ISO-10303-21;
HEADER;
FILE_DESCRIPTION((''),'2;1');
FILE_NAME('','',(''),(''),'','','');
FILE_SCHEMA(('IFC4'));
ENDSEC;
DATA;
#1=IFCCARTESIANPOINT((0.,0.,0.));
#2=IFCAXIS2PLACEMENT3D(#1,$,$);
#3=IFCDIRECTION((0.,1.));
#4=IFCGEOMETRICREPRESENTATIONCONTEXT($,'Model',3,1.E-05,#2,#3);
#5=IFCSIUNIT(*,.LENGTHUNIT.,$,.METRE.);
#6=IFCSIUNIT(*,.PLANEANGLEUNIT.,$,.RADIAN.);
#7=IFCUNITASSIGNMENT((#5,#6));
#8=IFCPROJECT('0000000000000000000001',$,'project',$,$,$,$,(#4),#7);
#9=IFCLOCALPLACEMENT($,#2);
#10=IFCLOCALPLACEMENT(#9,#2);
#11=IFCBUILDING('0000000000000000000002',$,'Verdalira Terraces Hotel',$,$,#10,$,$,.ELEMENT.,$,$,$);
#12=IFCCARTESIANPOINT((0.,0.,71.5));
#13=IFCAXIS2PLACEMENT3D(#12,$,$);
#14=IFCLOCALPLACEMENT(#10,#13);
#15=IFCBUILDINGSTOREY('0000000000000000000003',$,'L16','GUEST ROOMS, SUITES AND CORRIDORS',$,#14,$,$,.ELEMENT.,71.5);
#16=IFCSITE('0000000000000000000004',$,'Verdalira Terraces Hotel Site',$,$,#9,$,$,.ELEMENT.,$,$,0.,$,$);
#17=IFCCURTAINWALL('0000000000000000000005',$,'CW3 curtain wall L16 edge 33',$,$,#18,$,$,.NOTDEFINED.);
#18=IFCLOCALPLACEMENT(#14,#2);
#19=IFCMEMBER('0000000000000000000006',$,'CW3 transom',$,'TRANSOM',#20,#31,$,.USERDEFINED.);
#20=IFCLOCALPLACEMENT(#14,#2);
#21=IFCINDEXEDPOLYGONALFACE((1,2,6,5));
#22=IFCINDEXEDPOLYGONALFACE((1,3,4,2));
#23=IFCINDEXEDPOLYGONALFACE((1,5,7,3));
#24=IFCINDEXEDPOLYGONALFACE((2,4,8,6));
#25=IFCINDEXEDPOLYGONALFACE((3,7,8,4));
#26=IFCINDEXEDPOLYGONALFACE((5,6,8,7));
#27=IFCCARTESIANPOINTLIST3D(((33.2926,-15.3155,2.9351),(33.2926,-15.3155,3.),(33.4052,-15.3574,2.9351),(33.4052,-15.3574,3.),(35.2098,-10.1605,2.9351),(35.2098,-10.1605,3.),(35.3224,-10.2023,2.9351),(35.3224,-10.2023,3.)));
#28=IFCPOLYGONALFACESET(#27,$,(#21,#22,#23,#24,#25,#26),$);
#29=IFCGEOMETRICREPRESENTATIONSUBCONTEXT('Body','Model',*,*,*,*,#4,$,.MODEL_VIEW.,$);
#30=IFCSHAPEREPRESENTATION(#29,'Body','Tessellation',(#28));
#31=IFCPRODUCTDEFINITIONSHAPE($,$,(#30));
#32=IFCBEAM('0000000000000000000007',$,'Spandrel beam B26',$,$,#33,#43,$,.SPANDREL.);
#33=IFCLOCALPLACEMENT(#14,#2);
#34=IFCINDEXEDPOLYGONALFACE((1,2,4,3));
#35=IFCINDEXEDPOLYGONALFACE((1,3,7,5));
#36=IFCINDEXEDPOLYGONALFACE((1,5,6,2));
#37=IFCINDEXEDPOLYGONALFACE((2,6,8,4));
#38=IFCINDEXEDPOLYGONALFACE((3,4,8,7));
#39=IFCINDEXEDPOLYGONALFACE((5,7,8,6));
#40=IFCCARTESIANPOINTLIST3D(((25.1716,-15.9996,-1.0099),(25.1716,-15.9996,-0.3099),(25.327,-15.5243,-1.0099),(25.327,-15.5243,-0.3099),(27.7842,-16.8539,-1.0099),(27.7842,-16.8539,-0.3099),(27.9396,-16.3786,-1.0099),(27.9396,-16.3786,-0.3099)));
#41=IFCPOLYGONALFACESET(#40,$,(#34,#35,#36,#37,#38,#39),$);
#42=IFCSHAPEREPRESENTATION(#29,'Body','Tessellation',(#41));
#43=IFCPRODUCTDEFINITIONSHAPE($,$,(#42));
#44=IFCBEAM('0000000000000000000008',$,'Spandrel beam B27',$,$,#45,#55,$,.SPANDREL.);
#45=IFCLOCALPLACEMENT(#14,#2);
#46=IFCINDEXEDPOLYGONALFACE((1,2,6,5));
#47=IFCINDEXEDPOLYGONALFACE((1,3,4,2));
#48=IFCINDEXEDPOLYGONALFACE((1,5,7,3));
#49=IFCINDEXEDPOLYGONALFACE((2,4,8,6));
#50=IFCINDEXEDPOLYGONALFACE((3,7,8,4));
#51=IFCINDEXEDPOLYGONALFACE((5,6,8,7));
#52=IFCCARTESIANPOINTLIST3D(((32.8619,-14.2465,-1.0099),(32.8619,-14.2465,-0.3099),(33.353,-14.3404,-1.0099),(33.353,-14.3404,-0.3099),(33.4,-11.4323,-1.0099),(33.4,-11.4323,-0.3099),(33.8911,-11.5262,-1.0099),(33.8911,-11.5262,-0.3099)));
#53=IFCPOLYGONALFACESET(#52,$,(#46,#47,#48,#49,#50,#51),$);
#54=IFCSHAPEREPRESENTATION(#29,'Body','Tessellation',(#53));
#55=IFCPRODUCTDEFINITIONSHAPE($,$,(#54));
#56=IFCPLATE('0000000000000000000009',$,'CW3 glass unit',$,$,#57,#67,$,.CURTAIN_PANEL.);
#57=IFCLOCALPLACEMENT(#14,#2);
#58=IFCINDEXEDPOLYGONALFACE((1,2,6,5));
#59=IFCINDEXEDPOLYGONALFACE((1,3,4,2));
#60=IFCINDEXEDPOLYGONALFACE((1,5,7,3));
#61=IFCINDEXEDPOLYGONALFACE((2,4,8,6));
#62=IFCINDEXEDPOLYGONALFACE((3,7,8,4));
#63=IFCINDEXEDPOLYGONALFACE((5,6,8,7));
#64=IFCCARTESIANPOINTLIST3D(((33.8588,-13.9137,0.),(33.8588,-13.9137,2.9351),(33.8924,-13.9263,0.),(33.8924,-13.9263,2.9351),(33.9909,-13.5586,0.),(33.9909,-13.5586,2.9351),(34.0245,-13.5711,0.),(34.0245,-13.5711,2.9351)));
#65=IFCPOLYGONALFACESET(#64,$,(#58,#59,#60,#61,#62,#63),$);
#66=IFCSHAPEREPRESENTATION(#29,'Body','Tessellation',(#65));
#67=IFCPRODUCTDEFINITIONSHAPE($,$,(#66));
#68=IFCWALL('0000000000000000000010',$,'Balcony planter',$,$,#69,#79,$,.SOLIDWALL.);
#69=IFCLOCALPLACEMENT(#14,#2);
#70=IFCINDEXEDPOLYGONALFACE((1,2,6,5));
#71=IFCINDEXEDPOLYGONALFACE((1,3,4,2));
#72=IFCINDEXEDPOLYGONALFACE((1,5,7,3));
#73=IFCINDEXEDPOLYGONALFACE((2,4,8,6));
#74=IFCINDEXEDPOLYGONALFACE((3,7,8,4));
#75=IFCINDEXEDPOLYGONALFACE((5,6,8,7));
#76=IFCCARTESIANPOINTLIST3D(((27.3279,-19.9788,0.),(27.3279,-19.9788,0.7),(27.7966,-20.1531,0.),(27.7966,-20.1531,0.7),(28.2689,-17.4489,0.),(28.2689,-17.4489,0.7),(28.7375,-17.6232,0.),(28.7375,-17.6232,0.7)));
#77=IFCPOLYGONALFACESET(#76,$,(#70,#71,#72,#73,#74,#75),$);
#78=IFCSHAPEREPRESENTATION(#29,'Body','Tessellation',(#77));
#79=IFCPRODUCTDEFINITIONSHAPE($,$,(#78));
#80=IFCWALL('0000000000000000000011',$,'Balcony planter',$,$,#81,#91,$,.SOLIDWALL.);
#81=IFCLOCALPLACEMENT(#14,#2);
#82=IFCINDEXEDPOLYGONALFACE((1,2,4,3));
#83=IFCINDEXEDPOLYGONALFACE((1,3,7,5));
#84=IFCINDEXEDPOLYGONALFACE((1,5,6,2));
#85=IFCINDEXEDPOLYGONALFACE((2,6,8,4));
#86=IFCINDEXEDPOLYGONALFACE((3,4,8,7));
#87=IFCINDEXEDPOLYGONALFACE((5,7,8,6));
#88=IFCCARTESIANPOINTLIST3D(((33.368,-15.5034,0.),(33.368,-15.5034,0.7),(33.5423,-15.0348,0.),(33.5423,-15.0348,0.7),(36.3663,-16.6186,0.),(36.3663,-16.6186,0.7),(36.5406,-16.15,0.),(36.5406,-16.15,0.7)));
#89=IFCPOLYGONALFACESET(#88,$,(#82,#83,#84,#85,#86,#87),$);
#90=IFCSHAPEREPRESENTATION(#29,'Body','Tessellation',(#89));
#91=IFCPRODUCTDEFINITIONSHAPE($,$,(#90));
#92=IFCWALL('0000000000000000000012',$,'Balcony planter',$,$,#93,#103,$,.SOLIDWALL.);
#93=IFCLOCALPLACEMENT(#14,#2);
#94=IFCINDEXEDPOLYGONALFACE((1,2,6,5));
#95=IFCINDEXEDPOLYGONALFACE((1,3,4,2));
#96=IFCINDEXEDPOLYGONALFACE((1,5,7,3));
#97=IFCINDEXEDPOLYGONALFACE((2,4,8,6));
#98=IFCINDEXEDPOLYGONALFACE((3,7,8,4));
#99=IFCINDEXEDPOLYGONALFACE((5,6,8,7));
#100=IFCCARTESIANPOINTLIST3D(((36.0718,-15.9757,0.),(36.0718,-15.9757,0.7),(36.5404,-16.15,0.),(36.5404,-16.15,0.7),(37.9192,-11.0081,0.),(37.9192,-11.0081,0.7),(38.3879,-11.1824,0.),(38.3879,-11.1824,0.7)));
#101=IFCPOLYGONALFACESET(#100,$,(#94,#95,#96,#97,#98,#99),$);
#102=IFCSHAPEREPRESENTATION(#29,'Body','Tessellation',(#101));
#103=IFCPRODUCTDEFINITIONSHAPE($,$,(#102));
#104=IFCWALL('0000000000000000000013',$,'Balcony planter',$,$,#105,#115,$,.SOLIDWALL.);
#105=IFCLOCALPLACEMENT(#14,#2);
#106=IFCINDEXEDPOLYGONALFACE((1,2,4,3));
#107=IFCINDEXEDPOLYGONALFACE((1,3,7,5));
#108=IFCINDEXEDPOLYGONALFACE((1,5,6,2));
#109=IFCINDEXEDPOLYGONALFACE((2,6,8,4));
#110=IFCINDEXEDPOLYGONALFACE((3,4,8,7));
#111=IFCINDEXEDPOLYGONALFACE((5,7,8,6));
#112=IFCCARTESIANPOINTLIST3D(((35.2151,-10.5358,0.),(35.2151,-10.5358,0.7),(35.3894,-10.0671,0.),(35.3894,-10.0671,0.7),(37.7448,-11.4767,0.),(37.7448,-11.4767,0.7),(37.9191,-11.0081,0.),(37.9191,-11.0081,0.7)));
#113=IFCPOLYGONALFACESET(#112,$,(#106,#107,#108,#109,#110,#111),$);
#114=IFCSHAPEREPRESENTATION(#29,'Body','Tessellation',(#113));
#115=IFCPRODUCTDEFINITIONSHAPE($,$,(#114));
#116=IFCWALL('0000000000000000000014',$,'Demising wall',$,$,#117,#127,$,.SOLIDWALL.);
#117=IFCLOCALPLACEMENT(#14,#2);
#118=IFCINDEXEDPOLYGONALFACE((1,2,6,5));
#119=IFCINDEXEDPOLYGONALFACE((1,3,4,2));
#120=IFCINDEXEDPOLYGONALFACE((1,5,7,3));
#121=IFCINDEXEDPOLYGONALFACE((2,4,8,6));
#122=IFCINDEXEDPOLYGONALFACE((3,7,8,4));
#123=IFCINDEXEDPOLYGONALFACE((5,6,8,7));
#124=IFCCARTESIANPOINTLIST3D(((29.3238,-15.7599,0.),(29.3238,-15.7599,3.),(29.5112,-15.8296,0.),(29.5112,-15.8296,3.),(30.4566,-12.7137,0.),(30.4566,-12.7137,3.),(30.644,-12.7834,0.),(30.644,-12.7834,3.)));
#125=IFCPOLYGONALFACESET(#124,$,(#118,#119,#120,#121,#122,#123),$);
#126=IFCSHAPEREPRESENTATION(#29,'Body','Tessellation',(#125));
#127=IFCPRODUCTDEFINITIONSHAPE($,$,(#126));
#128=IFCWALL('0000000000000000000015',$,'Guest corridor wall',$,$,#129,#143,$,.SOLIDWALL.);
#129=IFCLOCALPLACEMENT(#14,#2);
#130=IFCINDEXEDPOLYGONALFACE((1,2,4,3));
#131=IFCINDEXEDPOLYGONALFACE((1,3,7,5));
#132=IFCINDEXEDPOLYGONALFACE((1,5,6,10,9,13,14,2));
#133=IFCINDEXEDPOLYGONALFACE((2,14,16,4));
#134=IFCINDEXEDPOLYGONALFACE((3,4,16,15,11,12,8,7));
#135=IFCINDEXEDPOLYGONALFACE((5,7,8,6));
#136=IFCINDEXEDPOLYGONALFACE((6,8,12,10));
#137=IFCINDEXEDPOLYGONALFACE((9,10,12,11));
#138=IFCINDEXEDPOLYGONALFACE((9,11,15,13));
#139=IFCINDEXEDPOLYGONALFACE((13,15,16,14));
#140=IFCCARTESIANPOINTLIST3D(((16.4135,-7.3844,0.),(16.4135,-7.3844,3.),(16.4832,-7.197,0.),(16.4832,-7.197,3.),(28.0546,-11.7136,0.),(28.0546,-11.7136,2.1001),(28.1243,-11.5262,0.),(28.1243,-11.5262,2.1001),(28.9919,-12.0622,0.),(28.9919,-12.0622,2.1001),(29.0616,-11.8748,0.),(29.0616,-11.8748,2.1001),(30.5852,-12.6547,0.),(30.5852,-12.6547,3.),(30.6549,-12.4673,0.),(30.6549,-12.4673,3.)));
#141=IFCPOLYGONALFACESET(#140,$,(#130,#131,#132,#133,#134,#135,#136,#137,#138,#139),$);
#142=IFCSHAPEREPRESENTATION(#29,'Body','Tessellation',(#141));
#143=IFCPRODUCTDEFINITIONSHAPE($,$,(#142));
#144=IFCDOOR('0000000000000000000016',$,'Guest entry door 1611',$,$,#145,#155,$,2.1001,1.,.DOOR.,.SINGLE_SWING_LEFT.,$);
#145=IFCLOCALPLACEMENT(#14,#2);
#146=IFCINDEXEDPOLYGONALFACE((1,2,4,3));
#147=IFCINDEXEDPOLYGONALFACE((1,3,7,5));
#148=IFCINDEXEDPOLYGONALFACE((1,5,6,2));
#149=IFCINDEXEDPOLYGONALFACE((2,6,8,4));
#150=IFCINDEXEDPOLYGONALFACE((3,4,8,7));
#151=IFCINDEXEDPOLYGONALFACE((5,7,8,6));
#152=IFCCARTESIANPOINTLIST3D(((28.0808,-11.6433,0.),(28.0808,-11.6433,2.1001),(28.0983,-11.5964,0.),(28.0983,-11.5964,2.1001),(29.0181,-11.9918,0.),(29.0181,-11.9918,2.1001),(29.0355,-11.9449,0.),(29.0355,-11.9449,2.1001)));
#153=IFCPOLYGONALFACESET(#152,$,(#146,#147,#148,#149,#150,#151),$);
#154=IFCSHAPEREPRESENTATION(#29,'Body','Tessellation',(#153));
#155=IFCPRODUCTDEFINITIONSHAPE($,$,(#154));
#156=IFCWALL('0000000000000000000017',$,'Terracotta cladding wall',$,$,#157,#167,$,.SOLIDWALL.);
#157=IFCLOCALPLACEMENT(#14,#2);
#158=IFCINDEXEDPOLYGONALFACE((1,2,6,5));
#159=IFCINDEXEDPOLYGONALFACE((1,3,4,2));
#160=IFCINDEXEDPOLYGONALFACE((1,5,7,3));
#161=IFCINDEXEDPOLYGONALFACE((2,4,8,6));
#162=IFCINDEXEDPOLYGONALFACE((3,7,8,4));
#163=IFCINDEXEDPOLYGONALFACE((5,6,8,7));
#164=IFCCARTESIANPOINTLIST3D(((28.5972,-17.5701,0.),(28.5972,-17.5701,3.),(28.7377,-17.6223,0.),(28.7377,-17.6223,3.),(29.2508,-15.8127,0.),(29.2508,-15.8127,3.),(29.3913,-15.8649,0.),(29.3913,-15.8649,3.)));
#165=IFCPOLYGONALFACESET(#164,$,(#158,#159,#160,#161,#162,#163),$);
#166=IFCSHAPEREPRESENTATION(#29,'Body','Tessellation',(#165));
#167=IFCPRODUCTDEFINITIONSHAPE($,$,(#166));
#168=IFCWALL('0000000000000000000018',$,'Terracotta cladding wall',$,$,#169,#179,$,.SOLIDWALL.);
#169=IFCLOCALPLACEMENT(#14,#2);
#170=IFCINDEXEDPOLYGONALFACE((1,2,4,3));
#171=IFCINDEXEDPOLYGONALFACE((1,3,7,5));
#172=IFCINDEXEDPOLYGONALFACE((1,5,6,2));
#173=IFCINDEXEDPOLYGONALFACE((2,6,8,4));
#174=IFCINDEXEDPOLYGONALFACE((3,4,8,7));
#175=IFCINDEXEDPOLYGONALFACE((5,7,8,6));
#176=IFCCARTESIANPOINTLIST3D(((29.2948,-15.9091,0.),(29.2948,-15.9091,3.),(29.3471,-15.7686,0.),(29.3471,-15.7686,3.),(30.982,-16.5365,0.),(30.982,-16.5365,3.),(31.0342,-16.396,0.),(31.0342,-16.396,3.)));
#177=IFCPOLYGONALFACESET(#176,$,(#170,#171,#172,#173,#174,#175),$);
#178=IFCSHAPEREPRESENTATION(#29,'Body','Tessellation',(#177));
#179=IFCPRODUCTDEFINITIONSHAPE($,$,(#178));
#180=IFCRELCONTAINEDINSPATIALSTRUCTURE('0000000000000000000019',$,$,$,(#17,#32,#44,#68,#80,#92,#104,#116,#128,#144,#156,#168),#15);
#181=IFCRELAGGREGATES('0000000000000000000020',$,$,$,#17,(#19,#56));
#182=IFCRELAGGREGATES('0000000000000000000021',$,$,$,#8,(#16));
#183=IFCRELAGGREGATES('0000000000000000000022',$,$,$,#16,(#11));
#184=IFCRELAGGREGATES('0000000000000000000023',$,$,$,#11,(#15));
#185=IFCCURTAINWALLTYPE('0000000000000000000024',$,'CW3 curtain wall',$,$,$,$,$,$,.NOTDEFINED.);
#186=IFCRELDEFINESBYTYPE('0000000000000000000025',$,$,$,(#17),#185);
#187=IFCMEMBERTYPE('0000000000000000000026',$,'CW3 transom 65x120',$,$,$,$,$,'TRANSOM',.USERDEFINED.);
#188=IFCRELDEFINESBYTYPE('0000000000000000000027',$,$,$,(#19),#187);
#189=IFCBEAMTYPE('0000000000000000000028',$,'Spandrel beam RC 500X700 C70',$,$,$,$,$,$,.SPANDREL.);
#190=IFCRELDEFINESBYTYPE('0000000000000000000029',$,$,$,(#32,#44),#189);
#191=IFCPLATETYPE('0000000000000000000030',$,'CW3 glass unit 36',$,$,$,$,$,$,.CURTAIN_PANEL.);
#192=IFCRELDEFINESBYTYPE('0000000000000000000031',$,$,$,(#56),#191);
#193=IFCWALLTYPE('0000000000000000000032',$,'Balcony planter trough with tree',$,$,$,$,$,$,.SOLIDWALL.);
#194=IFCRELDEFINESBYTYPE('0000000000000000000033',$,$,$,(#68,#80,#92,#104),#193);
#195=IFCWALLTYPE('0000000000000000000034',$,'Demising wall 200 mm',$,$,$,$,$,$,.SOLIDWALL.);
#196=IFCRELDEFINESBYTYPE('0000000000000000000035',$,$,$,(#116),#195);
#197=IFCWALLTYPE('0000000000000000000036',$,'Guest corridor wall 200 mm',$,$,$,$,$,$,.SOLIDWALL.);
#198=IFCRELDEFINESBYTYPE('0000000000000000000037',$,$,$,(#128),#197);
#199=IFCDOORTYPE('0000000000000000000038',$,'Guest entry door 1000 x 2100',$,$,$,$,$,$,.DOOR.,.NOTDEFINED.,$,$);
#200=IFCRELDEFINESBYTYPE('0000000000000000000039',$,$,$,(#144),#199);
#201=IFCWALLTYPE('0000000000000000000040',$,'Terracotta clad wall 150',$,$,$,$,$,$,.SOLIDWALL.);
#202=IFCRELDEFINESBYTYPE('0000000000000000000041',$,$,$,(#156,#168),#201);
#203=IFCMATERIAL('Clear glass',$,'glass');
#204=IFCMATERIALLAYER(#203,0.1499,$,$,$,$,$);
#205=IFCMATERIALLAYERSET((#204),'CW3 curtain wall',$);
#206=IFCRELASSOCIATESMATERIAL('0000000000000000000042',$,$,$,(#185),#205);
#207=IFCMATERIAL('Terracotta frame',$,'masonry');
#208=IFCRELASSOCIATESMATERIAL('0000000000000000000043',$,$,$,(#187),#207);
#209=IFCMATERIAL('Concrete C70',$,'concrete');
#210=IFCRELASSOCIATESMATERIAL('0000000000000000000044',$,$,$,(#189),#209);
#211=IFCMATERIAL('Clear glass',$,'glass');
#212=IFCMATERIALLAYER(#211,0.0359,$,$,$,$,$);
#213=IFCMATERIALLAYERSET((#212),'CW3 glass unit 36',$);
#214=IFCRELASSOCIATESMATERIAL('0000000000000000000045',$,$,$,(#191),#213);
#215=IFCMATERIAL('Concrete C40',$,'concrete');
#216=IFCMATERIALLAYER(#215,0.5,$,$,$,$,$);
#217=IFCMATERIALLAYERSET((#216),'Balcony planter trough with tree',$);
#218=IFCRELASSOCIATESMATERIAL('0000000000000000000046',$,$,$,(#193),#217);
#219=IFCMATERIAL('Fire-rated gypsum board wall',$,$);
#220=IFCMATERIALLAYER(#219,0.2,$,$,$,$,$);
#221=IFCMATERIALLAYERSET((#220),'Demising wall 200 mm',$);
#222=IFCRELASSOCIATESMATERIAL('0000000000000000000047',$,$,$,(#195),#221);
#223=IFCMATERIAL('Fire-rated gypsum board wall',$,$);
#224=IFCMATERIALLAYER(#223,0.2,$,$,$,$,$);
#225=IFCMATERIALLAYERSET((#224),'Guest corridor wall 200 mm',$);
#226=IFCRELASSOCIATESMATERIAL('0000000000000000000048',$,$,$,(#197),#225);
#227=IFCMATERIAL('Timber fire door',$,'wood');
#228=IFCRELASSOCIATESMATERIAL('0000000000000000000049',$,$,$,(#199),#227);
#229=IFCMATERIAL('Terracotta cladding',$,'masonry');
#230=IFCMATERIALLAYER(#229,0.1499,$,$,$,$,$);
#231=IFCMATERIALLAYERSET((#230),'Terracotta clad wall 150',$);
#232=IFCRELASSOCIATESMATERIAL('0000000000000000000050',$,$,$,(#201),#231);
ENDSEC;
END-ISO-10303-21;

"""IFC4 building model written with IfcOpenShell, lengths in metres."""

from ifc_helpers import new_model, si_unit, direction, frame, frame_2d, origin, origin_2d, place, context, subcontext, project, spatial, rectangle, extrude, material, layer, layer_set, material_profile, profile_set, type_object, element, fill, aggregate, save


model = new_model("IFC4")

# Units and contexts
model_context = context("Model", 3, precision=1e-05, world=origin(), true_north=direction((0.0, 1.0)))
body_context = subcontext(model_context, "Body", "Model", "MODEL_VIEW")
ifc_project = project(units=[si_unit("LENGTHUNIT", "METRE"), si_unit("PLANEANGLEUNIT", "RADIAN")], contexts=[model_context])

# Site, building, storey
site_placement = place(None, origin())
site = spatial("IfcSite", under=ifc_project, at=site_placement, Name="Verdalira Terraces Hotel Site", CompositionType="ELEMENT", RefElevation=0.0)
building_placement = place(site_placement, origin())
building = spatial("IfcBuilding", under=site, at=building_placement, Name="Verdalira Terraces Hotel", CompositionType="ELEMENT")
storey_placement = place(building_placement, frame((0.0, 0.0, 71.5)))
storey = spatial("IfcBuildingStorey", under=building, at=storey_placement, Name="L16", Description="GUEST ROOMS, SUITES AND CORRIDORS", CompositionType="ELEMENT", Elevation=71.5)

# Curtain wall, member
ifc_material_1 = material(Name="Clear glass", Category="glass")
ifc_layer_1 = layer(ifc_material_1, 0.1499)
ifc_layer_set_1 = layer_set([ifc_layer_1], Name="CW3 curtain wall")
curtain_wall_type_1 = type_object("IfcCurtainWallType", Name="CW3 curtain wall", PredefinedType="NOTDEFINED", material=ifc_layer_set_1)
curtain_wall_1_placement = place(storey_placement, origin())
curtain_wall_1 = element("IfcCurtainWall", 1, at=curtain_wall_1_placement, inside=storey, type_object=curtain_wall_type_1, Name="CW3 curtain wall L16 edge 33", PredefinedType="NOTDEFINED")
ifc_material_2 = material(Name="Terracotta frame", Category="masonry")
ifc_material_profile_1 = material_profile(ifc_material_2, rectangle(XDim=0.1201, YDim=0.0649, at=origin_2d()), Name="TR 65x120")
ifc_profile_set_1 = profile_set([ifc_material_profile_1], Name="Terracotta frame")
member_type_1 = type_object("IfcMemberType", Name="CW3 transom 65x120", ElementType="TRANSOM", PredefinedType="USERDEFINED", material=ifc_profile_set_1)
member_1_placement = place(storey_placement, frame((33.3489, -15.3364, 2.9675), z_axis=(0.348588, 0.937276, 0.0), x_axis=(-0.937276, 0.348588, 0.0)))
member_1 = element("IfcMember", 2, at=member_1_placement, type_object=member_type_1, Name="CW3 transom", ObjectType="TRANSOM", PredefinedType="USERDEFINED", context=body_context, shape_type="SweptSolid", body=[
    extrude(rectangle(XDim=0.1201, YDim=0.0649, at=origin_2d()), origin(), (0.0, 0.0, 1.0), 5.5),
])

# Beams
ifc_material_3 = material(Name="Concrete C70", Category="concrete")
ifc_material_profile_2 = material_profile(ifc_material_3, rectangle(XDim=0.5, YDim=0.7, at=origin_2d()), Name="RC 500X700")
ifc_profile_set_2 = profile_set([ifc_material_profile_2], Name="Concrete C70")
beam_type_1 = type_object("IfcBeamType", Name="Spandrel beam RC 500X700 C70", PredefinedType="SPANDREL", material=ifc_profile_set_2)
beam_1_placement = place(storey_placement, frame((25.2493, -15.762, -0.6599), z_axis=(0.95048, -0.310787, 0.0), x_axis=(0.310787, 0.95048, 0.0)))
element("IfcBeam", 3, at=beam_1_placement, inside=storey, type_object=beam_type_1, Name="Spandrel beam B26", PredefinedType="SPANDREL", context=body_context, shape_type="SweptSolid", body=[
    extrude(rectangle(XDim=0.5, YDim=0.7, at=origin_2d()), origin(), (0.0, 0.0, 1.0), 2.7488),
])
beam_2_placement = place(storey_placement, frame((33.1074, -14.2935, -0.6599), z_axis=(0.187801, 0.982207, 0.0), x_axis=(-0.982207, 0.187801, 0.0)))
element("IfcBeam", 4, at=beam_2_placement, inside=storey, type_object=beam_type_1, Name="Spandrel beam B27", PredefinedType="SPANDREL", context=body_context, shape_type="SweptSolid", body=[
    extrude(rectangle(XDim=0.5, YDim=0.7, at=origin_2d()), origin(), (0.0, 0.0, 1.0), 2.8652),
])

# Plate
ifc_material_4 = material(Name="Clear glass", Category="glass")
ifc_layer_2 = layer(ifc_material_4, 0.0359)
ifc_layer_set_2 = layer_set([ifc_layer_2], Name="CW3 glass unit 36")
plate_type = type_object("IfcPlateType", Name="CW3 glass unit 36", PredefinedType="CURTAIN_PANEL", material=ifc_layer_set_2)
plate_placement = place(storey_placement, frame((33.9417, -13.7424, 0.0), z_axis=(0.0, 0.0, 1.0), x_axis=(0.348572, 0.937282, 0.0)))
plate = element("IfcPlate", 5, at=plate_placement, type_object=plate_type, Name="CW3 glass unit", PredefinedType="CURTAIN_PANEL", context=body_context, shape_type="SweptSolid", body=[
    extrude(rectangle(XDim=0.3789, YDim=0.0359, at=origin_2d()), origin(), (0.0, 0.0, 1.0), 2.9351),
])
aggregate(curtain_wall_1, [member_1, plate])

# Walls
ifc_material_5 = material(Name="Concrete C40", Category="concrete")
ifc_layer_3 = layer(ifc_material_5, 0.5)
ifc_layer_set_3 = layer_set([ifc_layer_3], Name="Balcony planter trough with tree")
wall_type_1 = type_object("IfcWallType", Name="Balcony planter trough with tree", PredefinedType="SOLIDWALL", material=ifc_layer_set_3)
wall_1_placement = place(storey_placement, frame((27.5623, -20.0659, 0.0), z_axis=(0.0, 0.0, 1.0), x_axis=(0.348604, 0.93727, 0.0)))
element("IfcWall", 6, at=wall_1_placement, inside=storey, type_object=wall_type_1, Name="Balcony planter", PredefinedType="SOLIDWALL", context=body_context, shape_type="SweptSolid", body=[
    extrude(rectangle(XDim=2.6992, YDim=0.5, at=frame_2d((1.3496, 0.0))), origin(), (0.0, 0.0, 1.0), 0.7),
])
wall_2_placement = place(storey_placement, frame((33.4551, -15.269, 0.0), z_axis=(0.0, 0.0, 1.0), x_axis=(0.937264, -0.348621, 0.0)))
element("IfcWall", 7, at=wall_2_placement, inside=storey, type_object=wall_type_1, Name="Balcony planter", PredefinedType="SOLIDWALL", context=body_context, shape_type="SweptSolid", body=[
    extrude(rectangle(XDim=3.199, YDim=0.5, at=frame_2d((1.5996, 0.0))), origin(), (0.0, 0.0, 1.0), 0.7),
])
wall_3_placement = place(storey_placement, frame((36.3062, -16.0627, 0.0), z_axis=(0.0, 0.0, 1.0), x_axis=(0.348573, 0.937282, 0.0)))
element("IfcWall", 8, at=wall_3_placement, inside=storey, type_object=wall_type_1, Name="Balcony planter", PredefinedType="SOLIDWALL", context=body_context, shape_type="SweptSolid", body=[
    extrude(rectangle(XDim=5.3, YDim=0.5, at=frame_2d((2.6499, 0.0))), origin(), (0.0, 0.0, 1.0), 0.7),
])
wall_4_placement = place(storey_placement, frame((37.832, -11.2424, 0.0), z_axis=(0.0, 0.0, 1.0), x_axis=(-0.937259, 0.348634, 0.0)))
element("IfcWall", 9, at=wall_4_placement, inside=storey, type_object=wall_type_1, Name="Balcony planter", PredefinedType="SOLIDWALL", context=body_context, shape_type="SweptSolid", body=[
    extrude(rectangle(XDim=2.699, YDim=0.5, at=frame_2d((1.3496, 0.0))), origin(), (0.0, 0.0, 1.0), 0.7),
])
ifc_material_6 = material(Name="Fire-rated gypsum board wall")
ifc_layer_4 = layer(ifc_material_6, 0.2)
ifc_layer_set_4 = layer_set([ifc_layer_4], Name="Demising wall 200 mm")
wall_type_2 = type_object("IfcWallType", Name="Demising wall 200 mm", PredefinedType="SOLIDWALL", material=ifc_layer_set_4)
wall_5_placement = place(storey_placement, frame((30.5503, -12.7485, 0.0), z_axis=(0.0, 0.0, 1.0), x_axis=(-0.348562, -0.937286, 0.0)))
element("IfcWall", 10, at=wall_5_placement, inside=storey, type_object=wall_type_2, Name="Demising wall", PredefinedType="SOLIDWALL", context=body_context, shape_type="SweptSolid", body=[
    extrude(rectangle(XDim=3.25, YDim=0.2, at=frame_2d((1.625, 0.0))), origin(), (0.0, 0.0, 1.0), 3.0),
])

# Wall, opening, door
ifc_material_7 = material(Name="Fire-rated gypsum board wall")
ifc_layer_5 = layer(ifc_material_7, 0.2)
ifc_layer_set_5 = layer_set([ifc_layer_5], Name="Guest corridor wall 200 mm")
wall_type_3 = type_object("IfcWallType", Name="Guest corridor wall 200 mm", PredefinedType="SOLIDWALL", material=ifc_layer_set_5)
wall_6_placement = place(storey_placement, frame((30.6201, -12.561, 0.0), z_axis=(0.0, 0.0, 1.0), x_axis=(-0.937285, 0.348565, 0.0)))
wall_6 = element("IfcWall", 11, at=wall_6_placement, inside=storey, type_object=wall_type_3, Name="Guest corridor wall", PredefinedType="SOLIDWALL", context=body_context, shape_type="SweptSolid", body=[
    extrude(rectangle(XDim=15.1199, YDim=0.2, at=frame_2d((7.5601, 0.0))), origin(), (0.0, 0.0, 1.0), 3.0),
])
opening_1_placement = place(wall_6_placement, frame((1.7, 0.0, 0.0)))
opening_1 = element("IfcOpeningElement", 12, at=opening_1_placement, cuts=wall_6, PredefinedType="OPENING", context=body_context, shape_type="SweptSolid", body=[
    extrude(rectangle(XDim=1.0, YDim=2.1001, at=frame_2d((0.5, 1.05))), frame((0.0, 0.1099, 0.0), z_axis=(0.0, -1.0, 0.0), x_axis=(1.0, 0.0, 0.0)), (0.0, 0.0, 1.0), 0.22),
])
ifc_material_8 = material(Name="Timber fire door", Category="wood")
door_type_1 = type_object("IfcDoorType", Name="Guest entry door 1000 x 2100", OperationType="NOTDEFINED", PredefinedType="DOOR", material=ifc_material_8)
door_1_placement = place(opening_1_placement, origin())
door_1 = element("IfcDoor", 13, at=door_1_placement, inside=storey, type_object=door_type_1, Name="Guest entry door 1611", OperationType="SINGLE_SWING_LEFT", OverallHeight=2.1001, OverallWidth=1.0, PredefinedType="DOOR", context=body_context, shape_type="SweptSolid", body=[
    extrude(rectangle(XDim=1.0, YDim=2.1001, at=frame_2d((0.5, 1.05))), frame((0.0, 0.0249, 0.0), z_axis=(0.0, -1.0, 0.0), x_axis=(1.0, 0.0, 0.0)), (0.0, 0.0, 1.0), 0.05),
])
fill(opening_1, door_1)

# Walls
ifc_material_9 = material(Name="Terracotta cladding", Category="masonry")
ifc_layer_6 = layer(ifc_material_9, 0.1499)
ifc_layer_set_6 = layer_set([ifc_layer_6], Name="Terracotta clad wall 150")
wall_type_4 = type_object("IfcWallType", Name="Terracotta clad wall 150", PredefinedType="SOLIDWALL", material=ifc_layer_set_6)
wall_7_placement = place(storey_placement, frame((28.6675, -17.5962, 0.0), z_axis=(0.0, 0.0, 1.0), x_axis=(0.348582, 0.937278, 0.0)))
element("IfcWall", 14, at=wall_7_placement, inside=storey, type_object=wall_type_4, Name="Terracotta cladding wall", PredefinedType="SOLIDWALL", context=body_context, shape_type="SweptSolid", body=[
    extrude(rectangle(XDim=1.875, YDim=0.1499, at=frame_2d((0.9375, 0.0))), origin(), (0.0, 0.0, 1.0), 3.0),
])
wall_8_placement = place(storey_placement, frame((29.321, -15.8389, 0.0), z_axis=(0.0, 0.0, 1.0), x_axis=(0.93729, -0.348551, 0.0)))
element("IfcWall", 15, at=wall_8_placement, inside=storey, type_object=wall_type_4, Name="Terracotta cladding wall", PredefinedType="SOLIDWALL", context=body_context, shape_type="SweptSolid", body=[
    extrude(rectangle(XDim=1.8, YDim=0.1499, at=frame_2d((0.8999, 0.0))), origin(), (0.0, 0.0, 1.0), 3.0),
])

save(model, "model.ifc")
